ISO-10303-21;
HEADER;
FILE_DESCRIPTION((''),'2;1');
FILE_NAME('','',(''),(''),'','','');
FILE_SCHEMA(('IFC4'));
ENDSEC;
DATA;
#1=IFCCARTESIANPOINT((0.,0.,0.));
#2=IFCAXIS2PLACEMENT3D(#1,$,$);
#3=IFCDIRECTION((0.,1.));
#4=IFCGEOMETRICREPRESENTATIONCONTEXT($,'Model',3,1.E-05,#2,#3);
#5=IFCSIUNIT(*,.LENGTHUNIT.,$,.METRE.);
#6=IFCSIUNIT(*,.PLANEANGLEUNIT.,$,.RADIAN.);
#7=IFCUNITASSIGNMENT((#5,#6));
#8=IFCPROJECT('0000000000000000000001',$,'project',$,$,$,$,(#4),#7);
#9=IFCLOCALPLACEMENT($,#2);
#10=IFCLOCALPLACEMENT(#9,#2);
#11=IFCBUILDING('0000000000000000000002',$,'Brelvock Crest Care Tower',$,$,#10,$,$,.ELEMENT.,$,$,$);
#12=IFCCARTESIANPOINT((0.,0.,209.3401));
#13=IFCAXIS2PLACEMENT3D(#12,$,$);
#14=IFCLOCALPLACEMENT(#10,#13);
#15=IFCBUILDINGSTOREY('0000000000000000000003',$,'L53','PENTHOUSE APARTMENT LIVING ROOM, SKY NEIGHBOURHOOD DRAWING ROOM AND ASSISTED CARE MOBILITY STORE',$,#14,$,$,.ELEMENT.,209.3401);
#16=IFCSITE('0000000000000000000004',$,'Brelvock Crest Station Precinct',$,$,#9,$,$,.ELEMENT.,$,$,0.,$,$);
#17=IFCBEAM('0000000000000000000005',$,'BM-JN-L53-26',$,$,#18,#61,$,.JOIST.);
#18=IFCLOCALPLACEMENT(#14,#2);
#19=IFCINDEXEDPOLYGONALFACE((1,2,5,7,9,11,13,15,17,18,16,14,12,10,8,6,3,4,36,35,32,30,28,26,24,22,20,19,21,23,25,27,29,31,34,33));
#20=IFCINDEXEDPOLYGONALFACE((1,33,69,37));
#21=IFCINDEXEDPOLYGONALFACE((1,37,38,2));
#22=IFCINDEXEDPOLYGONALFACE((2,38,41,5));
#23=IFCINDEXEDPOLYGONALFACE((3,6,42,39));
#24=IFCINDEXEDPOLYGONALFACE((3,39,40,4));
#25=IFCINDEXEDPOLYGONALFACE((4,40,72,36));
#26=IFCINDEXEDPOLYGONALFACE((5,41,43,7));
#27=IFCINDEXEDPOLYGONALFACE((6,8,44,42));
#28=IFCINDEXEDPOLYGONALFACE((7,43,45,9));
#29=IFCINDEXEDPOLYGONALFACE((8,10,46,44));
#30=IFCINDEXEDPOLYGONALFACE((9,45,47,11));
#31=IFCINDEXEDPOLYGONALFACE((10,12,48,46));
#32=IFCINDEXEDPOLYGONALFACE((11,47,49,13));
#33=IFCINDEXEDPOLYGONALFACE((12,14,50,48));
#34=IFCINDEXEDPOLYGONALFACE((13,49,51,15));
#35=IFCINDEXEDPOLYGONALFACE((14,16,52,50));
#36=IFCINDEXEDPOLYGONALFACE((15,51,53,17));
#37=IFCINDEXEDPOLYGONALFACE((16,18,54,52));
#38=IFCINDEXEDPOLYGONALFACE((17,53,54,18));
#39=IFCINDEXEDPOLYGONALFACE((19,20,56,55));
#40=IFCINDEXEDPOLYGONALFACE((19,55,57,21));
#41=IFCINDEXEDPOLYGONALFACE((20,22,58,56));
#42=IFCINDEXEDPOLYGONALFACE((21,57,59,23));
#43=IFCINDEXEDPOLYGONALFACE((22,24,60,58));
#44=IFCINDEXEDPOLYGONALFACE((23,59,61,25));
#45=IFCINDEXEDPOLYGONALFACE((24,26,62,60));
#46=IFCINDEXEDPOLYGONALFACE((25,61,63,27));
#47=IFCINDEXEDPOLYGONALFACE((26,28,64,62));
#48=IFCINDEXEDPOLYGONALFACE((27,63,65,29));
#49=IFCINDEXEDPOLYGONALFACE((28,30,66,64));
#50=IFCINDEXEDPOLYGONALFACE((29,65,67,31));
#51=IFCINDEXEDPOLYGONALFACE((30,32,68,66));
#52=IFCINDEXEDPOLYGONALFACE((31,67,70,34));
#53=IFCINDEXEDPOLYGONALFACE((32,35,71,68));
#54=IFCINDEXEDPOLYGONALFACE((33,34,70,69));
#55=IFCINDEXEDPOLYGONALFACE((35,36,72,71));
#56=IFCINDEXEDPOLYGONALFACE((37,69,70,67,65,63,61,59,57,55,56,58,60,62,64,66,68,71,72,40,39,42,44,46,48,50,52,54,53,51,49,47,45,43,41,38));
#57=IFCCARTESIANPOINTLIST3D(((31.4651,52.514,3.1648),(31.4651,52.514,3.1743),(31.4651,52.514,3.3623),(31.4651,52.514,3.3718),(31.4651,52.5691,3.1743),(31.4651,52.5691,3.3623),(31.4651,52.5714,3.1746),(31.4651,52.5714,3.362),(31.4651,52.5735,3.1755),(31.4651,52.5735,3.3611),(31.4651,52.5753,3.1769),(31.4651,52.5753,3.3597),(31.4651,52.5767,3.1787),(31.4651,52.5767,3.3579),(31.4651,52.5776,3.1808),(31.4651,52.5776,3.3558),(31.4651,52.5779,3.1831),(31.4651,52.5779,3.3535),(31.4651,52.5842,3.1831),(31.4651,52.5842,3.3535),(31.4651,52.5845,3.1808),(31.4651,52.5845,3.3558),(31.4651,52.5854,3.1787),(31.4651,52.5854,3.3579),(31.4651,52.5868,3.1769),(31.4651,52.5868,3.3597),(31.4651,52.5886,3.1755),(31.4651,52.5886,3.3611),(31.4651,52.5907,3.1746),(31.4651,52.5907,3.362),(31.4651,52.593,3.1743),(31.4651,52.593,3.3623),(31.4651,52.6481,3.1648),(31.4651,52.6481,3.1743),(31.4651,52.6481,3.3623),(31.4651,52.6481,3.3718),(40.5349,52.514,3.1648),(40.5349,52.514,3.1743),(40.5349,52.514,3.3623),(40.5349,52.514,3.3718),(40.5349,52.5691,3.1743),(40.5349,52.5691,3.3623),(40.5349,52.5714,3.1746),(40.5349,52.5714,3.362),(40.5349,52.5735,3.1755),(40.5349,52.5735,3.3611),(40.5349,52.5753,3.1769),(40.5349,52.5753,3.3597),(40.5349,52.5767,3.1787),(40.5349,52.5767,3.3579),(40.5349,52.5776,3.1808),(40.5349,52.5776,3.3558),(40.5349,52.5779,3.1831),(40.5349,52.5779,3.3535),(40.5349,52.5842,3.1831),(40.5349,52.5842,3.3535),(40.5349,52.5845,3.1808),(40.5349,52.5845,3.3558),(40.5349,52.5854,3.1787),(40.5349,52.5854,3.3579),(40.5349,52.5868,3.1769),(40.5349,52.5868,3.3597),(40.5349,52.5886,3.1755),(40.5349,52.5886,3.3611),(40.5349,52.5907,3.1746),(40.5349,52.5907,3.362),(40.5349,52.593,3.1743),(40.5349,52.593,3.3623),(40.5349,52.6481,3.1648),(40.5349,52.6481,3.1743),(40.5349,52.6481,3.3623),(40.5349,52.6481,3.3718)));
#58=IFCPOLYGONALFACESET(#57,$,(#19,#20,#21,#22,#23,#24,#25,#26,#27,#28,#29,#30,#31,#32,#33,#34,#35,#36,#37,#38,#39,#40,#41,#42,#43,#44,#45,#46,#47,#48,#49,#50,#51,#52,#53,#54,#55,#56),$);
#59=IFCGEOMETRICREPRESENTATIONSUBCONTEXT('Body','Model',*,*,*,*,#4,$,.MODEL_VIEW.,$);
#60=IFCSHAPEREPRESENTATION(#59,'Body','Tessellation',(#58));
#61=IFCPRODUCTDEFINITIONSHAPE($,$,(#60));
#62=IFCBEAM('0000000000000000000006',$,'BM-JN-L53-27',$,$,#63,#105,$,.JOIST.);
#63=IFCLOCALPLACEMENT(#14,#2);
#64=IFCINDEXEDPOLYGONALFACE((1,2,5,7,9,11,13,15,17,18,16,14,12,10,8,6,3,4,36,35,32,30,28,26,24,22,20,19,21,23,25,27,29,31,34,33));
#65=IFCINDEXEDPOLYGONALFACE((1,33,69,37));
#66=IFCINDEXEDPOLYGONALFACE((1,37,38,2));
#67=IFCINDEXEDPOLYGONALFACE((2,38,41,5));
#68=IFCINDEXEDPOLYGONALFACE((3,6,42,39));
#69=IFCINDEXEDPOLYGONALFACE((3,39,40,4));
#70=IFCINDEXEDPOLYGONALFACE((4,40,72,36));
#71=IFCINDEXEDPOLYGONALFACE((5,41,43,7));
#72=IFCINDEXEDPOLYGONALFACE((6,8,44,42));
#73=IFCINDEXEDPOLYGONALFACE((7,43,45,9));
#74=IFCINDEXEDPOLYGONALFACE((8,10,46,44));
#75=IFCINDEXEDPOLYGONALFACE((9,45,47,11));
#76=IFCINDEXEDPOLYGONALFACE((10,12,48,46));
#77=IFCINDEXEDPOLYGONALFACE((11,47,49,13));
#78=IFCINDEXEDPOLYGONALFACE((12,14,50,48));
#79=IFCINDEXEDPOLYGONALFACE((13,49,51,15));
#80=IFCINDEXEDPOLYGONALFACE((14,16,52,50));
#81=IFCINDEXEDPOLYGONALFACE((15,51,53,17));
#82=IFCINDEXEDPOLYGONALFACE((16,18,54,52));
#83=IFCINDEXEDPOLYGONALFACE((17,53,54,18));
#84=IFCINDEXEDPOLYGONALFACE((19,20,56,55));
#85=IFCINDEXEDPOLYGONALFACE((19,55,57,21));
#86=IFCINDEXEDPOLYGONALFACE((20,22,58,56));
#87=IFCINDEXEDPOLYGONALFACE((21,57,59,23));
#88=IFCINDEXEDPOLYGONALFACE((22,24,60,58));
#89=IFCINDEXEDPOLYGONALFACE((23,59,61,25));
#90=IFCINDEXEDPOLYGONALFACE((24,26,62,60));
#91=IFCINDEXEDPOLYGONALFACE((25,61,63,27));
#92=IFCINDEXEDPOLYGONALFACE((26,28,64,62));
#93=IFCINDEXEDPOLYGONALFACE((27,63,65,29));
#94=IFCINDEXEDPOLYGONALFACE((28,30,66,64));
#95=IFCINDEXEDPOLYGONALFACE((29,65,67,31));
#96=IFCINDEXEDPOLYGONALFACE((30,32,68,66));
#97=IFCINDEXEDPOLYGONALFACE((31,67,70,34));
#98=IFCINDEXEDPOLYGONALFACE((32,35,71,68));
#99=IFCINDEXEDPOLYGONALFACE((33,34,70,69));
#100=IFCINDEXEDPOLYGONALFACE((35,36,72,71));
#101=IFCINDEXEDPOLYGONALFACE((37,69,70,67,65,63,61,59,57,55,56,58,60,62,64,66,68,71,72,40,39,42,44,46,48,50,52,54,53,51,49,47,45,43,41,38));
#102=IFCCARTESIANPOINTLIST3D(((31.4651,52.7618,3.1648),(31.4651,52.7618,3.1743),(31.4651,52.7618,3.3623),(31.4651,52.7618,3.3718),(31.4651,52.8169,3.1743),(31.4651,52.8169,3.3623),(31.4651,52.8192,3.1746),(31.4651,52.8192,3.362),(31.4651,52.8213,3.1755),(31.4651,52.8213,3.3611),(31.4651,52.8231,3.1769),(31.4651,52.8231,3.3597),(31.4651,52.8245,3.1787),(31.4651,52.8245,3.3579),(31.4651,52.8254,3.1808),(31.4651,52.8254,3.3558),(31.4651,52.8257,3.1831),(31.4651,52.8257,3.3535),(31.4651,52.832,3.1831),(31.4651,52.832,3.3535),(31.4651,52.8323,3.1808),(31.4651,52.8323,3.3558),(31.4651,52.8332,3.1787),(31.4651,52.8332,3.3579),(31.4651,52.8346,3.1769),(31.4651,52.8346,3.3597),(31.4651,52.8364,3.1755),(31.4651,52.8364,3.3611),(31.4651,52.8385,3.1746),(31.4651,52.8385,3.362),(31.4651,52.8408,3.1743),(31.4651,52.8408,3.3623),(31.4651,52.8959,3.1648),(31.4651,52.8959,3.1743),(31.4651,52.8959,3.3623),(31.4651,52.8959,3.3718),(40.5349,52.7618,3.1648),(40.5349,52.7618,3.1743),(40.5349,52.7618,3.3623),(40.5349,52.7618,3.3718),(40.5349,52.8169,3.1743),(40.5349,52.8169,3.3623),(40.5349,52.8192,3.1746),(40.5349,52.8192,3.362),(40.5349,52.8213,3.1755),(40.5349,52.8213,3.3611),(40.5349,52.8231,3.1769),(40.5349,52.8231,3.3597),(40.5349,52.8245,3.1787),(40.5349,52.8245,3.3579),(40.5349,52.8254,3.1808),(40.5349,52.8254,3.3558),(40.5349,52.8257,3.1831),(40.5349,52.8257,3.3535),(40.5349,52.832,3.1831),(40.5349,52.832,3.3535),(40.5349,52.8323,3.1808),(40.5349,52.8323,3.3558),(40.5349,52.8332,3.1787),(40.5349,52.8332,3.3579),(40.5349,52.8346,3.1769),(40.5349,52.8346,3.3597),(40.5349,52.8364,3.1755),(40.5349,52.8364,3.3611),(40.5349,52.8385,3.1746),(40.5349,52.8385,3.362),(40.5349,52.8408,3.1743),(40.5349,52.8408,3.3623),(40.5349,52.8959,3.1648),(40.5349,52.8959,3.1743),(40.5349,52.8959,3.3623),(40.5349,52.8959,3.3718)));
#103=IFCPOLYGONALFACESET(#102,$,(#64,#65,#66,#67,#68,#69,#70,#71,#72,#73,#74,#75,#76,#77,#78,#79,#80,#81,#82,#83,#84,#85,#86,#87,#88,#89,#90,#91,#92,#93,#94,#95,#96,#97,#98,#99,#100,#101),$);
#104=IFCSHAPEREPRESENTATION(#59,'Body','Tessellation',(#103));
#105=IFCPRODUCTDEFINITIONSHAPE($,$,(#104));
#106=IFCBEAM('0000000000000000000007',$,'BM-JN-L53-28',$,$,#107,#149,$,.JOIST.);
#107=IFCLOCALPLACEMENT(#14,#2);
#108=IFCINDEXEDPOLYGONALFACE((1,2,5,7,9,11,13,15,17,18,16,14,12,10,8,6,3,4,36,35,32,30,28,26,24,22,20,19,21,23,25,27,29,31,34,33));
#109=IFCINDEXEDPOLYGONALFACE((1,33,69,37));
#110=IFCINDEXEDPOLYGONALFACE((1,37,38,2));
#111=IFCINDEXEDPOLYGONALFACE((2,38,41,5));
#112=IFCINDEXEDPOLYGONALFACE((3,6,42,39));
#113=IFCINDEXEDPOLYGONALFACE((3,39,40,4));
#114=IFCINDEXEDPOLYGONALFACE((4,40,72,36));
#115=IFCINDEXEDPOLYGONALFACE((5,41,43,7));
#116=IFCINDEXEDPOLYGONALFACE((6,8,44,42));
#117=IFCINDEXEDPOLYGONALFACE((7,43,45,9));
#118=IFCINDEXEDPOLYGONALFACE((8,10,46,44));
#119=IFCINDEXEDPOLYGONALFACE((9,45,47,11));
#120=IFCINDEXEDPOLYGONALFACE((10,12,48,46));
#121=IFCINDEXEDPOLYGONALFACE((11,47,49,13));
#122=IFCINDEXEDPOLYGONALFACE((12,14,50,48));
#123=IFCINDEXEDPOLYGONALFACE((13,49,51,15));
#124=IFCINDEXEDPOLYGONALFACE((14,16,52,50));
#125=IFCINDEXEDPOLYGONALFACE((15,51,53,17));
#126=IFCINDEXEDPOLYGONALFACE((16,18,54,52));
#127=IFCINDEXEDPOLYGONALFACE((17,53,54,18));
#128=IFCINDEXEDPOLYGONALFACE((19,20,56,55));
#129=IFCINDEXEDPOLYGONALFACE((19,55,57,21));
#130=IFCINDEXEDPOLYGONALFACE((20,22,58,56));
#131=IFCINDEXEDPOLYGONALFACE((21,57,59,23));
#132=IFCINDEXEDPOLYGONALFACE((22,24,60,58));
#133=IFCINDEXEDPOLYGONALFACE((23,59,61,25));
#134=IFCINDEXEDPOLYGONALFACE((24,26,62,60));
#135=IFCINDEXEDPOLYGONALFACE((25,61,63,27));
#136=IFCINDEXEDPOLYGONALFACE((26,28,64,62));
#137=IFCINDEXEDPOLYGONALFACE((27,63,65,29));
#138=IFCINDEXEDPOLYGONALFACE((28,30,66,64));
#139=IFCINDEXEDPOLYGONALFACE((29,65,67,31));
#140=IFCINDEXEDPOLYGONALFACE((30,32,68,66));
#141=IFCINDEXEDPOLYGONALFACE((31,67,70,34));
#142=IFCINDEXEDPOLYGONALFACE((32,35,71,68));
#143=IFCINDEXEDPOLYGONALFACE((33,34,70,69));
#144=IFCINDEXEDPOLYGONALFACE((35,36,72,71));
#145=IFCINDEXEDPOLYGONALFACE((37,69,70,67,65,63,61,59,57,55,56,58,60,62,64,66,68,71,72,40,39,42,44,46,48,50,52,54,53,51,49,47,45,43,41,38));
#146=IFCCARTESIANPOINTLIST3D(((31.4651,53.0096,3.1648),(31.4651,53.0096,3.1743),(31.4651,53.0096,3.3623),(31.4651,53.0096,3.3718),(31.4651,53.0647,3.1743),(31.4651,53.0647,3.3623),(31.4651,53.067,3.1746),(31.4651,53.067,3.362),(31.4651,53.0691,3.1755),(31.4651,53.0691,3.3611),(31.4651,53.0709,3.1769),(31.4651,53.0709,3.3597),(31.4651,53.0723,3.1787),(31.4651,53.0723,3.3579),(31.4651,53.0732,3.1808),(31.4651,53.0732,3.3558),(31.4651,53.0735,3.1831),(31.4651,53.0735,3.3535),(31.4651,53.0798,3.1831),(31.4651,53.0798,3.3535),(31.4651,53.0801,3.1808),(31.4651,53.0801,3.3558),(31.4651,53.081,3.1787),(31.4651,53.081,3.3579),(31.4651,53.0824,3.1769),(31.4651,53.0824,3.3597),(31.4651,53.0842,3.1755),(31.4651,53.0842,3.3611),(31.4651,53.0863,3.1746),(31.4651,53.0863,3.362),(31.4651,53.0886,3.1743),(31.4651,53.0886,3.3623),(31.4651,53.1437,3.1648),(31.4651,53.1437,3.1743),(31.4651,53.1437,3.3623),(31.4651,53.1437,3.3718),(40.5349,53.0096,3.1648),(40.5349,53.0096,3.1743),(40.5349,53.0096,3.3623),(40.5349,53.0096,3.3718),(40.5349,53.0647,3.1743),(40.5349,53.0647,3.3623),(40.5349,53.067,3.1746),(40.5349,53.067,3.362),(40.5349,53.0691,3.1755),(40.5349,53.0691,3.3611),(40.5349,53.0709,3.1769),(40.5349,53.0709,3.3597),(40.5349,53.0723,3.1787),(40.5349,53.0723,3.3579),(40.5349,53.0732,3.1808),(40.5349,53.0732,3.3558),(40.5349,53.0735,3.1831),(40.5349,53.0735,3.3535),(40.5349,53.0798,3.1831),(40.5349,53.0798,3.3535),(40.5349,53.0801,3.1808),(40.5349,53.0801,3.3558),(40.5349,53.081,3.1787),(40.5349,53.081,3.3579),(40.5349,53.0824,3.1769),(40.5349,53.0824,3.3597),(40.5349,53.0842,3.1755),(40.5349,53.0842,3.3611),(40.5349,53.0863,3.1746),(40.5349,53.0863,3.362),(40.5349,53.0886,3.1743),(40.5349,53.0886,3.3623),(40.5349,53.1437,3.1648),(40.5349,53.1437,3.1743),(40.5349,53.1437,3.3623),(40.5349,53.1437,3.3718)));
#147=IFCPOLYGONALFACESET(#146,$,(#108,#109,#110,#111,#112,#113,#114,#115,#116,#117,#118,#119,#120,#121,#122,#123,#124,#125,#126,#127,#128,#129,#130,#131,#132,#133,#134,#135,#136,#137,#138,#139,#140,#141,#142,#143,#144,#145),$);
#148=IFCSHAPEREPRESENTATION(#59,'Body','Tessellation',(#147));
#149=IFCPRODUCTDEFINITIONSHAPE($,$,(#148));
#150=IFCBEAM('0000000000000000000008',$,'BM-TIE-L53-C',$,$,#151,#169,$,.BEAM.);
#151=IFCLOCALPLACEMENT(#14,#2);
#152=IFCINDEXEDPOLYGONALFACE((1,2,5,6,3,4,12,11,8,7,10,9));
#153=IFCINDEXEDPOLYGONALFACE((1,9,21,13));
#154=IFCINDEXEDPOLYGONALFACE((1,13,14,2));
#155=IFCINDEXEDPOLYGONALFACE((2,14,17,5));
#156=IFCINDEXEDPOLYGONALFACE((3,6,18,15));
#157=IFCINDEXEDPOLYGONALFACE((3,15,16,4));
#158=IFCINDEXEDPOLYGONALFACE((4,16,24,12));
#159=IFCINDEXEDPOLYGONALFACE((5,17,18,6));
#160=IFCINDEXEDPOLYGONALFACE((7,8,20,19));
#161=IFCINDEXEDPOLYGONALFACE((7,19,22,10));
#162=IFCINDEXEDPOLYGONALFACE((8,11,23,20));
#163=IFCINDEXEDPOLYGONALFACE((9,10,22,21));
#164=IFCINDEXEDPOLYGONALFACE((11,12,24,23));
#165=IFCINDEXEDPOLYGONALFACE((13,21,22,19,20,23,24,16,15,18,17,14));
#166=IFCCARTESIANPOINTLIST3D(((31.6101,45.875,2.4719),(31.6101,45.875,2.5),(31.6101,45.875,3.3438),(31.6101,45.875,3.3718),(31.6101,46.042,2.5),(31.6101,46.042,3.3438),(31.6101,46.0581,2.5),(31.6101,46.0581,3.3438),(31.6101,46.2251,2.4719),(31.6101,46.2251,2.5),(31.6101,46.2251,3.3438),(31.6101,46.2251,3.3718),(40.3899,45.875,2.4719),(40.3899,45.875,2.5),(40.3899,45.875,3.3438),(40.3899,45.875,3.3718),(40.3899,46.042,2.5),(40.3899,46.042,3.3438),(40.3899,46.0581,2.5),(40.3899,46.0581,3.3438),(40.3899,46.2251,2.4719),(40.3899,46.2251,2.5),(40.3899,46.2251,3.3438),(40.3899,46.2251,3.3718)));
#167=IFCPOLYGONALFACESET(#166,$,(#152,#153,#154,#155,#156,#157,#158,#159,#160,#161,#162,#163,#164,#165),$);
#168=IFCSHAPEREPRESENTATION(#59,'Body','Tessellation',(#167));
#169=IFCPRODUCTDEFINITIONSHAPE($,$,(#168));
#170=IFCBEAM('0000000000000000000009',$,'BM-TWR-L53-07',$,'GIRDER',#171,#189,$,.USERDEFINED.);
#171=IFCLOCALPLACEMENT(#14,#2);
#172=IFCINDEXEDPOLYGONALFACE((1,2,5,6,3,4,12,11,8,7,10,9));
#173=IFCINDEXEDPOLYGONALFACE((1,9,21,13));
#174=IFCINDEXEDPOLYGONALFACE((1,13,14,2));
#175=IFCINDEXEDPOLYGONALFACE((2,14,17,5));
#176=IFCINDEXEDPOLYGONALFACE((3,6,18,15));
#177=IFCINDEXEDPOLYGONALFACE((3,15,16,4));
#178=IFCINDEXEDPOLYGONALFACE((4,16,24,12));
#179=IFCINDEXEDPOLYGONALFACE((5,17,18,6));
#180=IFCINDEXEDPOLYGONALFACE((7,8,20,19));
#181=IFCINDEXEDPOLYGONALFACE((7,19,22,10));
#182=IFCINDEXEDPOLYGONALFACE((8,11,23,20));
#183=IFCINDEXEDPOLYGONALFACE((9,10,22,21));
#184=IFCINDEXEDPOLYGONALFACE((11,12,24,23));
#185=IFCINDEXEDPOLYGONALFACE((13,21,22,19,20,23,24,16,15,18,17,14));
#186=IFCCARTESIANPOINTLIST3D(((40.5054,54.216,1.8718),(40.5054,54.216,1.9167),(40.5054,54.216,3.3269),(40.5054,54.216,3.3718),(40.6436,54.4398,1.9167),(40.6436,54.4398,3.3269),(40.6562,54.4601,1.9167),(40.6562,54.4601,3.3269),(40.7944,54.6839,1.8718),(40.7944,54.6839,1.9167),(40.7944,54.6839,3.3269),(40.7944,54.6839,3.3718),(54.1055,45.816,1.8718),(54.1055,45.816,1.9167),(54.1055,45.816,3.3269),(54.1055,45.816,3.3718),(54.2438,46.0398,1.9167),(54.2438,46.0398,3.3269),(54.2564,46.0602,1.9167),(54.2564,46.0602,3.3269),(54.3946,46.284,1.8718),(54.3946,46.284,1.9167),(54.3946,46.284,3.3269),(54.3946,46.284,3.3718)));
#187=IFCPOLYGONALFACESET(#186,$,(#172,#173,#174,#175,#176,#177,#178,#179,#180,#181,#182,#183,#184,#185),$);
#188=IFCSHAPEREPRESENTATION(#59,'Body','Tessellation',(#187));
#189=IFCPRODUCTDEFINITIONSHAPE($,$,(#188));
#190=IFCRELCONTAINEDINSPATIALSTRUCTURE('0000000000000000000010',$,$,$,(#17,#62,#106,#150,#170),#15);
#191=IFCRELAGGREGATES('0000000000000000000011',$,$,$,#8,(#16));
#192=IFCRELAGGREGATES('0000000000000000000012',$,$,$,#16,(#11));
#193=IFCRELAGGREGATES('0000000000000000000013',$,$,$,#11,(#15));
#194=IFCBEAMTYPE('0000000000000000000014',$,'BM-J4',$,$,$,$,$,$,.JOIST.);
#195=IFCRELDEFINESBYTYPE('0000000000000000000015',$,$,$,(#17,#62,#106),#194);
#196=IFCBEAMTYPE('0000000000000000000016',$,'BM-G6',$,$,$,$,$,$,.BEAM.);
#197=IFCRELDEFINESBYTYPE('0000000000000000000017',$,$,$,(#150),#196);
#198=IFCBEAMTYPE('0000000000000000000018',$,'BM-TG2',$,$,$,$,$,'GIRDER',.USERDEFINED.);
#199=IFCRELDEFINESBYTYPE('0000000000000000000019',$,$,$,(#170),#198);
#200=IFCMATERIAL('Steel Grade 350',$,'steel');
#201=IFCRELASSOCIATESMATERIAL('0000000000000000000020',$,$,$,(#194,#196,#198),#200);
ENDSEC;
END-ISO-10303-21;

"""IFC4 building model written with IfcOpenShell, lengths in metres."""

from ifc_helpers import new_model, si_unit, direction, frame, origin, origin_2d, place, context, subcontext, project, spatial, i_section, extrude, source, transform, mapped, material, material_profile, profile_set, type_object, element, save


model = new_model("IFC4")

# Units and contexts
model_context = context("Model", 3, precision=1e-05, world=origin(), true_north=direction((0.0, 1.0)))
body_context = subcontext(model_context, "Body", "Model", "MODEL_VIEW")
ifc_project = project(units=[si_unit("LENGTHUNIT", "METRE"), si_unit("PLANEANGLEUNIT", "RADIAN")], contexts=[model_context])

# Site, building, storey
site_placement = place(None, origin())
site = spatial("IfcSite", under=ifc_project, at=site_placement, Name="Brelvock Crest Station Precinct", CompositionType="ELEMENT", RefElevation=0.0)
building_placement = place(site_placement, origin())
building = spatial("IfcBuilding", under=site, at=building_placement, Name="Brelvock Crest Care Tower", CompositionType="ELEMENT")
storey_placement = place(building_placement, frame((0.0, 0.0, 209.3401)))
storey = spatial("IfcBuildingStorey", under=building, at=storey_placement, Name="L53", Description="PENTHOUSE APARTMENT LIVING ROOM, SKY NEIGHBOURHOOD DRAWING ROOM AND ASSISTED CARE MOBILITY STORE", CompositionType="ELEMENT", Elevation=209.3401)

# Shared definitions
ifc_material_1 = material(Name="Steel Grade 350", Category="steel")

# Beams
ifc_material_profile_1 = material_profile(ifc_material_1, i_section(OverallWidth=0.134, OverallDepth=0.207, WebThickness=0.0063, FlangeThickness=0.0095, FilletRadius=0.0088, at=origin_2d()), Name="200UB29.8")
ifc_profile_set_1 = profile_set([ifc_material_profile_1], Name="Steel Grade 350")
beam_type_1 = type_object("IfcBeamType", Name="BM-J4", PredefinedType="JOIST", material=ifc_profile_set_1)
shared_shape_1 = source(origin(), body_context, "Body", "SweptSolid", [
    extrude(i_section(OverallWidth=0.134, OverallDepth=0.207, WebThickness=0.0063, FlangeThickness=0.0095, FilletRadius=0.0088, at=origin_2d()), origin(), (0.0, 0.0, 1.0), 9.0698),
])
for number, where, z_axis, x_axis, name in (
    (1, (31.4651, 52.5811, 3.2683), (1.0, 0.0, 0.0), (0.0, 1.0, 0.0), "BM-JN-L53-26"),
    (2, (31.4651, 52.8289, 3.2683), (1.0, 0.0, 0.0), (0.0, 1.0, 0.0), "BM-JN-L53-27"),
    (3, (31.4651, 53.0767, 3.2683), (1.0, 0.0, 0.0), (0.0, 1.0, 0.0), "BM-JN-L53-28"),
):
    element("IfcBeam", number, at=place(storey_placement, frame(where, z_axis=z_axis, x_axis=x_axis)), inside=storey, type_object=beam_type_1, Name=name, PredefinedType="JOIST", context=body_context, shape_type="MappedRepresentation", body=[
        mapped(shared_shape_1, transform((0.0, 0.0, 0.0), x_axis=(1.0, 0.0, 0.0), y_axis=(0.0, 1.0, 0.0), z_axis=(0.0, 0.0, 1.0), scale=1.0)),
    ])
ifc_material_profile_2 = material_profile(ifc_material_1, i_section(OverallWidth=0.3501, OverallDepth=0.8999, WebThickness=0.0161, FlangeThickness=0.0281, at=origin_2d()), Name="900WB257")
ifc_profile_set_2 = profile_set([ifc_material_profile_2], Name="Steel Grade 350")
beam_type_2 = type_object("IfcBeamType", Name="BM-G6", PredefinedType="BEAM", material=ifc_profile_set_2)
shared_shape_2 = source(origin(), body_context, "Body", "SweptSolid", [
    extrude(i_section(OverallWidth=0.3501, OverallDepth=0.8999, WebThickness=0.0161, FlangeThickness=0.0281, at=origin_2d()), origin(), (0.0, 0.0, 1.0), 8.7798),
])
beam_1_placement = place(storey_placement, frame((31.6101, 46.05, 2.9219), z_axis=(1.0, 0.0, 0.0), x_axis=(0.0, 1.0, 0.0)))
element("IfcBeam", 4, at=beam_1_placement, inside=storey, type_object=beam_type_2, Name="BM-TIE-L53-C", PredefinedType="BEAM", context=body_context, shape_type="MappedRepresentation", body=[
    mapped(shared_shape_2, transform((0.0, 0.0, 0.0), x_axis=(1.0, 0.0, 0.0), y_axis=(0.0, 1.0, 0.0), z_axis=(0.0, 0.0, 1.0), scale=1.0)),
])
ifc_material_profile_3 = material_profile(ifc_material_1, i_section(OverallWidth=0.55, OverallDepth=1.5, WebThickness=0.0239, FlangeThickness=0.0449, at=origin_2d()), Name="1500TG580")
ifc_profile_set_3 = profile_set([ifc_material_profile_3], Name="Steel Grade 350")
beam_type_3 = type_object("IfcBeamType", Name="BM-TG2", ElementType="GIRDER", PredefinedType="USERDEFINED", material=ifc_profile_set_3)
shared_shape_3 = source(origin(), body_context, "Body", "SweptSolid", [
    extrude(i_section(OverallWidth=0.55, OverallDepth=1.5, WebThickness=0.0239, FlangeThickness=0.0449, at=origin_2d()), origin(), (0.0, 0.0, 1.0), 15.9851),
])
beam_2_placement = place(storey_placement, frame((40.6499, 54.45, 2.6218), z_axis=(0.850802, -0.525486, 0.0), x_axis=(0.525486, 0.850802, 0.0)))
element("IfcBeam", 5, at=beam_2_placement, inside=storey, type_object=beam_type_3, Name="BM-TWR-L53-07", ObjectType="GIRDER", PredefinedType="USERDEFINED", context=body_context, shape_type="MappedRepresentation", body=[
    mapped(shared_shape_3, transform((0.0, 0.0, 0.0), x_axis=(1.0, 0.0, 0.0), y_axis=(0.0, 1.0, 0.0), z_axis=(0.0, 0.0, 1.0), scale=1.0)),
])

save(model, "model.ifc")
